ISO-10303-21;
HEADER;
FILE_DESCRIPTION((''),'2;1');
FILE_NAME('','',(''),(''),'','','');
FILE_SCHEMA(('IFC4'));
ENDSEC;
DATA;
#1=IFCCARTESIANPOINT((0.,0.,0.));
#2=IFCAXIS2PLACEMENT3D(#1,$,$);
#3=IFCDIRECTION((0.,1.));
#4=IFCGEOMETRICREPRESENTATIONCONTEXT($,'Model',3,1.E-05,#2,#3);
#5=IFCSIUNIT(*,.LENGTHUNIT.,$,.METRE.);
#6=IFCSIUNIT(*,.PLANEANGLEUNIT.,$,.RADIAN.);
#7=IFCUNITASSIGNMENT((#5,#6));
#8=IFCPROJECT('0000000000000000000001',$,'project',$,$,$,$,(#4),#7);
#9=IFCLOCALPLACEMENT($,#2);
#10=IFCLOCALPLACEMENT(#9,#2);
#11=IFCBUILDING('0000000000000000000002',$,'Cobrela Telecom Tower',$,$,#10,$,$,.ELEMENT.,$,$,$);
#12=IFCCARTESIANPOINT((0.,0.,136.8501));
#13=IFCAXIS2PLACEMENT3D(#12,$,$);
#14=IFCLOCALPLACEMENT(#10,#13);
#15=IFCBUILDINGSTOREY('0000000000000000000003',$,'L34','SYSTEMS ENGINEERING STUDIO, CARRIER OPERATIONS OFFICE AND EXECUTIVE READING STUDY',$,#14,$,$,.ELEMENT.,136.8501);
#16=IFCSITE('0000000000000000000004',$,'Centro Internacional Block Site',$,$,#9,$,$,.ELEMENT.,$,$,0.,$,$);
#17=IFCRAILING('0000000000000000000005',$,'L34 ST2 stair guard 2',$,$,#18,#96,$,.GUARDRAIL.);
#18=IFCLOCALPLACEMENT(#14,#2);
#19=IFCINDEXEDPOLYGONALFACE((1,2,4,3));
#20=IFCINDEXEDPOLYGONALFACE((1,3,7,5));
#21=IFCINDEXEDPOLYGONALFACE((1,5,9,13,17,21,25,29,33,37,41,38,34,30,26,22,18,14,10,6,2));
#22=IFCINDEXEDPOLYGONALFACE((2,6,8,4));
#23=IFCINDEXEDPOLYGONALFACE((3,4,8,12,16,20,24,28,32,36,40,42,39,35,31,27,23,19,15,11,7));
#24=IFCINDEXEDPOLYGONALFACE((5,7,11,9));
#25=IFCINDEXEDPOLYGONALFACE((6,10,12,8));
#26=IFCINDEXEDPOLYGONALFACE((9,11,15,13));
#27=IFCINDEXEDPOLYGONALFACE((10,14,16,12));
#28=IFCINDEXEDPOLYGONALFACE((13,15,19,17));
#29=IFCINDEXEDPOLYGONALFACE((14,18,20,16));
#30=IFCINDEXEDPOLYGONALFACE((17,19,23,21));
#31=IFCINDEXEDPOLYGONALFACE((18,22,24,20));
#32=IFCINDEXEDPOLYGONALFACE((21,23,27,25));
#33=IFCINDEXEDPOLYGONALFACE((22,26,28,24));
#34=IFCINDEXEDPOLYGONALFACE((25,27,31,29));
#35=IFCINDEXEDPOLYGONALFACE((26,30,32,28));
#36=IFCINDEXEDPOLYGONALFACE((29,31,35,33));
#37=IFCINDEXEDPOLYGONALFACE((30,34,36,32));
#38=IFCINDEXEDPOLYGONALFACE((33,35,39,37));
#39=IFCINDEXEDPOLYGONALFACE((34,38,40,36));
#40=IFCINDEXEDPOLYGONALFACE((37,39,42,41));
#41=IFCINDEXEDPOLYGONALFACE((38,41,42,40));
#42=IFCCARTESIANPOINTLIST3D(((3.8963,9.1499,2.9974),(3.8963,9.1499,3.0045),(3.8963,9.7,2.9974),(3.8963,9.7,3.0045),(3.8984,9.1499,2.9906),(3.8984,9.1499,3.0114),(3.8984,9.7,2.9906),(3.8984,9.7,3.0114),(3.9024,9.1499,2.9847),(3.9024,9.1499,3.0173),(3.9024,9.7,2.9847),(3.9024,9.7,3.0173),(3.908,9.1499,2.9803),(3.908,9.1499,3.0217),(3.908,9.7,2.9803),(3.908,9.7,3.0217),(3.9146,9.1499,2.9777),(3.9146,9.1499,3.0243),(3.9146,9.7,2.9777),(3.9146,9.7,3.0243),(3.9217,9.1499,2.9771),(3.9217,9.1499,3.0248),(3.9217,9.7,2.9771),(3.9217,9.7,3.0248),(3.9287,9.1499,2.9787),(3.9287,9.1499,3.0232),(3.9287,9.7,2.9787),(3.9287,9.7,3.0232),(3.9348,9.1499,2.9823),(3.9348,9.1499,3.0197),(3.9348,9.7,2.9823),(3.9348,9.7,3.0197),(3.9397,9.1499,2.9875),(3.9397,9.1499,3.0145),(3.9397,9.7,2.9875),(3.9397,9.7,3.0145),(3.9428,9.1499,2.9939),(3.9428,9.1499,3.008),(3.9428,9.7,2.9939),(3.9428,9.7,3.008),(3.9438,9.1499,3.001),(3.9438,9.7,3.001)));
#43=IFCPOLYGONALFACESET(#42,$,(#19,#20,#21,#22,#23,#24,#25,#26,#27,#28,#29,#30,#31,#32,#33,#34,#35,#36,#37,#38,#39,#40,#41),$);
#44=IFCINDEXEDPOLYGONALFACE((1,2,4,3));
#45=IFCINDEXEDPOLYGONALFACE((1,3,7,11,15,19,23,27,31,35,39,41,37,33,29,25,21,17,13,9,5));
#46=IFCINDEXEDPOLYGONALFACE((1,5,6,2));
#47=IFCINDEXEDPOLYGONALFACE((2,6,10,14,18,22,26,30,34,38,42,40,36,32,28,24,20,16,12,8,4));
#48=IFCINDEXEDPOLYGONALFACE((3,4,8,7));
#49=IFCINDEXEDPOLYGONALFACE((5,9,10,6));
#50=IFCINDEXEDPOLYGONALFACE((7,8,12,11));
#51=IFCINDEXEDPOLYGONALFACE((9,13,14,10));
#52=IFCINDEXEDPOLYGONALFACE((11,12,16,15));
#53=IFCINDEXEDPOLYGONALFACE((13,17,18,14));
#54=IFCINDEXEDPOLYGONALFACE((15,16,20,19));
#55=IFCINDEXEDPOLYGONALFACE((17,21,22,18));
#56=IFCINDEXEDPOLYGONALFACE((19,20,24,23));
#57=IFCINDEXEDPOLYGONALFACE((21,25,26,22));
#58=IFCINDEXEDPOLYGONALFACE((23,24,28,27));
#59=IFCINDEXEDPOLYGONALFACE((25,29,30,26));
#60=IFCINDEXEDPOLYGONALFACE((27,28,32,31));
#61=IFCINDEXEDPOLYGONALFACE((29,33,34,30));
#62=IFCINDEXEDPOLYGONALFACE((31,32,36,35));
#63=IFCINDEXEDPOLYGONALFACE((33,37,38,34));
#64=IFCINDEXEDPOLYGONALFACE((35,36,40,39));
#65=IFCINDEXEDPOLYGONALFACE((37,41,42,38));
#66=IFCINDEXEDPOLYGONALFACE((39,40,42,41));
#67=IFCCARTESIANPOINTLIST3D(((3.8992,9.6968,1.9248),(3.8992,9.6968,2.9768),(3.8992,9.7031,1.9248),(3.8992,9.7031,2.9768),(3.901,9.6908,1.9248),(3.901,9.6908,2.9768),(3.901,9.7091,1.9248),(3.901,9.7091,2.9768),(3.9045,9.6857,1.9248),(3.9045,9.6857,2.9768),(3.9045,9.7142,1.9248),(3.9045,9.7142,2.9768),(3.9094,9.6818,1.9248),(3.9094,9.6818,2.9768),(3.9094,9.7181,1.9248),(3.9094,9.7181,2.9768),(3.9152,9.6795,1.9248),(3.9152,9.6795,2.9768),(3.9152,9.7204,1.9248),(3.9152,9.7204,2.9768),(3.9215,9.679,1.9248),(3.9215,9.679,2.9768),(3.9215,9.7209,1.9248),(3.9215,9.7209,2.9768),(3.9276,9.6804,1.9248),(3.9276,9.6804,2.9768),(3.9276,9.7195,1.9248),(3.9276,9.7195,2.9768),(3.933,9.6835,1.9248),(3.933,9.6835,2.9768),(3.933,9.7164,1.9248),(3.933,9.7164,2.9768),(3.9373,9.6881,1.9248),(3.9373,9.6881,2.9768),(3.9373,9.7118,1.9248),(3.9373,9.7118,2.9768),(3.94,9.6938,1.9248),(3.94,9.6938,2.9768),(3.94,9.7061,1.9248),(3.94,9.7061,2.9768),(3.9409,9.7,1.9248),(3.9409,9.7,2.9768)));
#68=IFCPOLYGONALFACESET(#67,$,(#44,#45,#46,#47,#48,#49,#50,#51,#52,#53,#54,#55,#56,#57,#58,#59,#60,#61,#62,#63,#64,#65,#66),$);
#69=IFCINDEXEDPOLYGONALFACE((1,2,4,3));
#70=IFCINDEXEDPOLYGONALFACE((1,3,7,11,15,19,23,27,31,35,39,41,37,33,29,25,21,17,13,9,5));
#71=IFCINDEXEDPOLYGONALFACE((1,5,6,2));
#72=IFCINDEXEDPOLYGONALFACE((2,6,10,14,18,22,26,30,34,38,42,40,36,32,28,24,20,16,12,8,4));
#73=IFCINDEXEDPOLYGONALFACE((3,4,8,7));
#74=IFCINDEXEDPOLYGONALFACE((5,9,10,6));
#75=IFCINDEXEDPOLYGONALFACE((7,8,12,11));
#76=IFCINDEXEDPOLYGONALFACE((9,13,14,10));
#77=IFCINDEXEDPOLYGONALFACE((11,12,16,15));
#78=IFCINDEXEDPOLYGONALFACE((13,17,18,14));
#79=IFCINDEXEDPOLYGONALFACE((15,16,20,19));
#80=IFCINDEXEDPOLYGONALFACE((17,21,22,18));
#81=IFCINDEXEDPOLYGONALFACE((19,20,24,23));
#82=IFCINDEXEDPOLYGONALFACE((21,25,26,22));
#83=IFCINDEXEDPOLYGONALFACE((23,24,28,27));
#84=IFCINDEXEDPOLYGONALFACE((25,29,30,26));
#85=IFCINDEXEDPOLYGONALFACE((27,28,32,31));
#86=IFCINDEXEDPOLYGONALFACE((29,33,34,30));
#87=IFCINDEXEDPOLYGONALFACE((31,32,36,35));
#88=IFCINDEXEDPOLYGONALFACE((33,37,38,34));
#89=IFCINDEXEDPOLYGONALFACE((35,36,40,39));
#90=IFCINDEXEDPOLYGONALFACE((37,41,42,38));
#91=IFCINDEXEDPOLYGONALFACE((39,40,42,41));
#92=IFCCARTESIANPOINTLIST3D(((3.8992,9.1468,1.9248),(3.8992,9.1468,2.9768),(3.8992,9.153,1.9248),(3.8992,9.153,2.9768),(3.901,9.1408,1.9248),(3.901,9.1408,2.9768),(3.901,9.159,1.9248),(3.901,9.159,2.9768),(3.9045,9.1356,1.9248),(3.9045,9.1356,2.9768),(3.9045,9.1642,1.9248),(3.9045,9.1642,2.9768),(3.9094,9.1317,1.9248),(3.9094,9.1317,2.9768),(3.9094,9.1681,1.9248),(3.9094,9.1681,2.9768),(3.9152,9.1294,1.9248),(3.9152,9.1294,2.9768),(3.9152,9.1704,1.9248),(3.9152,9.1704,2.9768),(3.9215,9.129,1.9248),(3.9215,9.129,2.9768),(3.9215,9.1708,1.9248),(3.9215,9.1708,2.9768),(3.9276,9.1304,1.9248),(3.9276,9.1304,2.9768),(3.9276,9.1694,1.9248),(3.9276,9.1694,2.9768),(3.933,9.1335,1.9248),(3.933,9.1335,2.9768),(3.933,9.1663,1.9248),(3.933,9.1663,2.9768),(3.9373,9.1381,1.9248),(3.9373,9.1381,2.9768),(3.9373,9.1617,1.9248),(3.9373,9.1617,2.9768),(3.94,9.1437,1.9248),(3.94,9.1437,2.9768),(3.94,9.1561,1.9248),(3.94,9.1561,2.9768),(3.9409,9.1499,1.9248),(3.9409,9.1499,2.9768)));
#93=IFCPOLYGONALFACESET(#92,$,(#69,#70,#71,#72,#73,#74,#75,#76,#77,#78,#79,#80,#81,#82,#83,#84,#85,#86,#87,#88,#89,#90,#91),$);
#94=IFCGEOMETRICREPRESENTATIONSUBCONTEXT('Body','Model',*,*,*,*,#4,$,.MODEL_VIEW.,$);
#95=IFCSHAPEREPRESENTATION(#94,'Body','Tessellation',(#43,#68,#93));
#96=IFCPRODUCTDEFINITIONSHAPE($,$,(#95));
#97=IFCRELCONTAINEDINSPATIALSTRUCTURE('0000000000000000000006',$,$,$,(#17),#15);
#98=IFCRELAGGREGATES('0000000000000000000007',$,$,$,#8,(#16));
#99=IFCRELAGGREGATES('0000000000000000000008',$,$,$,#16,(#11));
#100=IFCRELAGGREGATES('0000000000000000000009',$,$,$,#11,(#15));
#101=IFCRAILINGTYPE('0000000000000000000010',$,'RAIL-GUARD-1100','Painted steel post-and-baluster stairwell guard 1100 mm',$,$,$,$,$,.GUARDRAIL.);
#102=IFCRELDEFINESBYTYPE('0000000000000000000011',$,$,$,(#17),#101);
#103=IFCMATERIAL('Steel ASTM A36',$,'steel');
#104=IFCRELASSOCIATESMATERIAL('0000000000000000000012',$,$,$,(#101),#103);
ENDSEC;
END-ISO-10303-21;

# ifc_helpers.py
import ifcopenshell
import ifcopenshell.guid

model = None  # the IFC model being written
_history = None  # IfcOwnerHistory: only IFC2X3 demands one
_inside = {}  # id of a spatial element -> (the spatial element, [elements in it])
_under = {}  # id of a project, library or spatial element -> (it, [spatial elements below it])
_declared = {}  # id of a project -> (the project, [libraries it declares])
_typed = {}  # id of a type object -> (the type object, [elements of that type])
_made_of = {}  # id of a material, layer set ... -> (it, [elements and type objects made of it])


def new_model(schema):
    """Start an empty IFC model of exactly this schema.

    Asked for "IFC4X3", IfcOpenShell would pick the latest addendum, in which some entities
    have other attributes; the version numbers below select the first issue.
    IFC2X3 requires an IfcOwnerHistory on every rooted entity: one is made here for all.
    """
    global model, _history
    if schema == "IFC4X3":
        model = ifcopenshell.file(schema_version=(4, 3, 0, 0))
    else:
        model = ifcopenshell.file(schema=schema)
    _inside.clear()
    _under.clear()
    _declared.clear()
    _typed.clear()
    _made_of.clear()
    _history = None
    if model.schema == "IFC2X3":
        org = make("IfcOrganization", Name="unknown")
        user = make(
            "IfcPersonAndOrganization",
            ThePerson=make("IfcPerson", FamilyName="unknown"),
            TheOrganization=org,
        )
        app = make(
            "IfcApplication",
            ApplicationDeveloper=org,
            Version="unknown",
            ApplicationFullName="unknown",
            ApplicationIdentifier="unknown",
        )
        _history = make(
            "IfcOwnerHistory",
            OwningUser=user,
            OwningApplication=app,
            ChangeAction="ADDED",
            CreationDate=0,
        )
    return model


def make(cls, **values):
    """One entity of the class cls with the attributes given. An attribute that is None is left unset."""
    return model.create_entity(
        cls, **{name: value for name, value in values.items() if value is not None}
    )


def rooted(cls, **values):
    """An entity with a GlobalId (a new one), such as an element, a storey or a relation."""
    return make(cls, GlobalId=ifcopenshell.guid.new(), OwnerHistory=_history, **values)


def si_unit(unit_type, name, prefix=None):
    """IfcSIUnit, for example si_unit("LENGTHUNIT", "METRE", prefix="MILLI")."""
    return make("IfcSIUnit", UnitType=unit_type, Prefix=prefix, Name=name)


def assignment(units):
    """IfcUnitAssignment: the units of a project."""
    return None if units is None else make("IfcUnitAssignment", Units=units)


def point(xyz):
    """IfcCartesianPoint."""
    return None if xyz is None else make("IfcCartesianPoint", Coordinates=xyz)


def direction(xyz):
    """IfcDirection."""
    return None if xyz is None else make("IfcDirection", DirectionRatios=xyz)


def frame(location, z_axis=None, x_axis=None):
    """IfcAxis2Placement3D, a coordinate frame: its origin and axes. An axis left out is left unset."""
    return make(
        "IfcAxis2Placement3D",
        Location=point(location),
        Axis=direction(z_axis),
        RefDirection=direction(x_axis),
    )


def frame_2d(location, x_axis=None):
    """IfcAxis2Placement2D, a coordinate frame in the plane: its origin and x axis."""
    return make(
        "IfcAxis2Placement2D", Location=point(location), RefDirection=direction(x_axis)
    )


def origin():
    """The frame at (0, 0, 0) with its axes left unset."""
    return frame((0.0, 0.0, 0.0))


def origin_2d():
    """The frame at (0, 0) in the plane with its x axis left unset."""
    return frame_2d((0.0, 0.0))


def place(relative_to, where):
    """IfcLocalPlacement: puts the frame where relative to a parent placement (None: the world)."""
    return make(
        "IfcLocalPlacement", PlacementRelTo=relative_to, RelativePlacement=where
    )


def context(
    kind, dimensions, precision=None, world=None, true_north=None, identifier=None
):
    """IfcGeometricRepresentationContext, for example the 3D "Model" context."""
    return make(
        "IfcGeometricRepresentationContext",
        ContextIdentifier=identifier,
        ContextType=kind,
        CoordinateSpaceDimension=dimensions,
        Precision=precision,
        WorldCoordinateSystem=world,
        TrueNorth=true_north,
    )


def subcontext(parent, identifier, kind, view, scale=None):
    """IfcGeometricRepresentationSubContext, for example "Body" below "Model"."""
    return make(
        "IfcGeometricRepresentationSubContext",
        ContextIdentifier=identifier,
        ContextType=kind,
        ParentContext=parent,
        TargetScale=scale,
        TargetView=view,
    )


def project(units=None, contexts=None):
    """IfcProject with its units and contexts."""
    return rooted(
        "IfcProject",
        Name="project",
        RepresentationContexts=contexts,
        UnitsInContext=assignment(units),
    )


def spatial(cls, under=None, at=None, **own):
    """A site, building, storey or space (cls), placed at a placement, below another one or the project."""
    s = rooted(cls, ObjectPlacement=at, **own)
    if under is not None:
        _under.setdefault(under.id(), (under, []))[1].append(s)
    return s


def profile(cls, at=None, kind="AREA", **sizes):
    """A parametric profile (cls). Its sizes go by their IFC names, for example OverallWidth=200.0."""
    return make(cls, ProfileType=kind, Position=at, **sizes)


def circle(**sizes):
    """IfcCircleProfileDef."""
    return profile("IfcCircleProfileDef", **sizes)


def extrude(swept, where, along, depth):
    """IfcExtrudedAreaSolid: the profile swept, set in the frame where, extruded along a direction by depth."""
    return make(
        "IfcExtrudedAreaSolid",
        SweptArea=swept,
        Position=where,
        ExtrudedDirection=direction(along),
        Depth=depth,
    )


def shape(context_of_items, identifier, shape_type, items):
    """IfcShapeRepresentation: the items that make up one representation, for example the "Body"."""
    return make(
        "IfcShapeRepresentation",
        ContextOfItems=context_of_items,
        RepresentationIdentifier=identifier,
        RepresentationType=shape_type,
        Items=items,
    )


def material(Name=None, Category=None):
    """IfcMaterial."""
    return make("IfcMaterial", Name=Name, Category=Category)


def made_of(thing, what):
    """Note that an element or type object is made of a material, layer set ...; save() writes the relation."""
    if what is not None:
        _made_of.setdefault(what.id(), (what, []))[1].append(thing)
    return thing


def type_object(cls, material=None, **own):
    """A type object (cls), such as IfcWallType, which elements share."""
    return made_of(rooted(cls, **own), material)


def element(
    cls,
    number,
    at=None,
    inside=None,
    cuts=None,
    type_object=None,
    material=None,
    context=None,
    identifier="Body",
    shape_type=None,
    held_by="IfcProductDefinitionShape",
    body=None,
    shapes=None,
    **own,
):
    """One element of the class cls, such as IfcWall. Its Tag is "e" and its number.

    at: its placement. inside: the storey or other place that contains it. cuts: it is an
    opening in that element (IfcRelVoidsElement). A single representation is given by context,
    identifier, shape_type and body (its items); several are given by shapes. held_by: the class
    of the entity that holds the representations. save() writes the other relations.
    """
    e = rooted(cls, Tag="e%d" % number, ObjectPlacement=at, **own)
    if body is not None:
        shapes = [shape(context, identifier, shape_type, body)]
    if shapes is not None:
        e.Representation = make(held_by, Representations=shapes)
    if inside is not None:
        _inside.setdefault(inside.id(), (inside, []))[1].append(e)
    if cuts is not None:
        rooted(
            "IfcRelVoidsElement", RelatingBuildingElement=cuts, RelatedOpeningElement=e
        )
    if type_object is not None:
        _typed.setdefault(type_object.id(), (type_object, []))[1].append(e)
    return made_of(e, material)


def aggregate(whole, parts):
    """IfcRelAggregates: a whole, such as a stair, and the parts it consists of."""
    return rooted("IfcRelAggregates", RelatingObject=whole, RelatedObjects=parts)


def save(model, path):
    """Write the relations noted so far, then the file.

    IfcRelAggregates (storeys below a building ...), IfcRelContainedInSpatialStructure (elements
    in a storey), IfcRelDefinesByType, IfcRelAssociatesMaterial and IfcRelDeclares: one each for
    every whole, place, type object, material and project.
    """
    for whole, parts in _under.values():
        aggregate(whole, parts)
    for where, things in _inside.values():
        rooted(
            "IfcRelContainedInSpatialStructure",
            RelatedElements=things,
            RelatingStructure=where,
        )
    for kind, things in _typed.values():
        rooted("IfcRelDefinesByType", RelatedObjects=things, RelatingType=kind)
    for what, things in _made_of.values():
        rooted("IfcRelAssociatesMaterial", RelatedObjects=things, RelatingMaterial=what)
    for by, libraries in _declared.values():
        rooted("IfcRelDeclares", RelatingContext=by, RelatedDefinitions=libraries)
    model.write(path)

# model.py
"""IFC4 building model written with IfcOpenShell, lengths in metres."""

from ifc_helpers import new_model, si_unit, direction, frame, origin, origin_2d, place, context, subcontext, project, spatial, circle, extrude, material, type_object, element, save


model = new_model("IFC4")

# Units and contexts
model_context = context("Model", 3, precision=1e-05, world=origin(), true_north=direction((0.0, 1.0)))
body_context = subcontext(model_context, "Body", "Model", "MODEL_VIEW")
ifc_project = project(units=[si_unit("LENGTHUNIT", "METRE"), si_unit("PLANEANGLEUNIT", "RADIAN")], contexts=[model_context])

# Site, building, storey
site_placement = place(None, origin())
site = spatial("IfcSite", under=ifc_project, at=site_placement, Name="Centro Internacional Block Site", CompositionType="ELEMENT", RefElevation=0.0)
building_placement = place(site_placement, origin())
building = spatial("IfcBuilding", under=site, at=building_placement, Name="Cobrela Telecom Tower", CompositionType="ELEMENT")
storey_placement = place(building_placement, frame((0.0, 0.0, 136.8501)))
storey = spatial("IfcBuildingStorey", under=building, at=storey_placement, Name="L34", Description="SYSTEMS ENGINEERING STUDIO, CARRIER OPERATIONS OFFICE AND EXECUTIVE READING STUDY", CompositionType="ELEMENT", Elevation=136.8501)

# Railing
ifc_material_1 = material(Name="Steel ASTM A36", Category="steel")
railing_type_1 = type_object("IfcRailingType", Name="RAIL-GUARD-1100", Description="Painted steel post-and-baluster stairwell guard 1100 mm", PredefinedType="GUARDRAIL", material=ifc_material_1)
railing_1_placement = place(storey_placement, frame((3.9199, 9.7, 1.9248)))
element("IfcRailing", 1, at=railing_1_placement, inside=storey, type_object=railing_type_1, Name="L34 ST2 stair guard 2", PredefinedType="GUARDRAIL", context=body_context, shape_type="SweptSolid", body=[
    extrude(circle(Radius=0.0239, at=origin_2d()), frame((0.0, 0.0, 1.0762), z_axis=(0.0, -1.0, 0.0), x_axis=(1.0, 0.0, 0.0)), (0.0, 0.0, 1.0), 0.55),
    extrude(circle(Radius=0.021, at=origin_2d()), origin(), (0.0, 0.0, 1.0), 1.052),
    extrude(circle(Radius=0.021, at=origin_2d()), frame((0.0, -0.55, 0.0)), (0.0, 0.0, 1.0), 1.052),
])

save(model, "model.ifc")
